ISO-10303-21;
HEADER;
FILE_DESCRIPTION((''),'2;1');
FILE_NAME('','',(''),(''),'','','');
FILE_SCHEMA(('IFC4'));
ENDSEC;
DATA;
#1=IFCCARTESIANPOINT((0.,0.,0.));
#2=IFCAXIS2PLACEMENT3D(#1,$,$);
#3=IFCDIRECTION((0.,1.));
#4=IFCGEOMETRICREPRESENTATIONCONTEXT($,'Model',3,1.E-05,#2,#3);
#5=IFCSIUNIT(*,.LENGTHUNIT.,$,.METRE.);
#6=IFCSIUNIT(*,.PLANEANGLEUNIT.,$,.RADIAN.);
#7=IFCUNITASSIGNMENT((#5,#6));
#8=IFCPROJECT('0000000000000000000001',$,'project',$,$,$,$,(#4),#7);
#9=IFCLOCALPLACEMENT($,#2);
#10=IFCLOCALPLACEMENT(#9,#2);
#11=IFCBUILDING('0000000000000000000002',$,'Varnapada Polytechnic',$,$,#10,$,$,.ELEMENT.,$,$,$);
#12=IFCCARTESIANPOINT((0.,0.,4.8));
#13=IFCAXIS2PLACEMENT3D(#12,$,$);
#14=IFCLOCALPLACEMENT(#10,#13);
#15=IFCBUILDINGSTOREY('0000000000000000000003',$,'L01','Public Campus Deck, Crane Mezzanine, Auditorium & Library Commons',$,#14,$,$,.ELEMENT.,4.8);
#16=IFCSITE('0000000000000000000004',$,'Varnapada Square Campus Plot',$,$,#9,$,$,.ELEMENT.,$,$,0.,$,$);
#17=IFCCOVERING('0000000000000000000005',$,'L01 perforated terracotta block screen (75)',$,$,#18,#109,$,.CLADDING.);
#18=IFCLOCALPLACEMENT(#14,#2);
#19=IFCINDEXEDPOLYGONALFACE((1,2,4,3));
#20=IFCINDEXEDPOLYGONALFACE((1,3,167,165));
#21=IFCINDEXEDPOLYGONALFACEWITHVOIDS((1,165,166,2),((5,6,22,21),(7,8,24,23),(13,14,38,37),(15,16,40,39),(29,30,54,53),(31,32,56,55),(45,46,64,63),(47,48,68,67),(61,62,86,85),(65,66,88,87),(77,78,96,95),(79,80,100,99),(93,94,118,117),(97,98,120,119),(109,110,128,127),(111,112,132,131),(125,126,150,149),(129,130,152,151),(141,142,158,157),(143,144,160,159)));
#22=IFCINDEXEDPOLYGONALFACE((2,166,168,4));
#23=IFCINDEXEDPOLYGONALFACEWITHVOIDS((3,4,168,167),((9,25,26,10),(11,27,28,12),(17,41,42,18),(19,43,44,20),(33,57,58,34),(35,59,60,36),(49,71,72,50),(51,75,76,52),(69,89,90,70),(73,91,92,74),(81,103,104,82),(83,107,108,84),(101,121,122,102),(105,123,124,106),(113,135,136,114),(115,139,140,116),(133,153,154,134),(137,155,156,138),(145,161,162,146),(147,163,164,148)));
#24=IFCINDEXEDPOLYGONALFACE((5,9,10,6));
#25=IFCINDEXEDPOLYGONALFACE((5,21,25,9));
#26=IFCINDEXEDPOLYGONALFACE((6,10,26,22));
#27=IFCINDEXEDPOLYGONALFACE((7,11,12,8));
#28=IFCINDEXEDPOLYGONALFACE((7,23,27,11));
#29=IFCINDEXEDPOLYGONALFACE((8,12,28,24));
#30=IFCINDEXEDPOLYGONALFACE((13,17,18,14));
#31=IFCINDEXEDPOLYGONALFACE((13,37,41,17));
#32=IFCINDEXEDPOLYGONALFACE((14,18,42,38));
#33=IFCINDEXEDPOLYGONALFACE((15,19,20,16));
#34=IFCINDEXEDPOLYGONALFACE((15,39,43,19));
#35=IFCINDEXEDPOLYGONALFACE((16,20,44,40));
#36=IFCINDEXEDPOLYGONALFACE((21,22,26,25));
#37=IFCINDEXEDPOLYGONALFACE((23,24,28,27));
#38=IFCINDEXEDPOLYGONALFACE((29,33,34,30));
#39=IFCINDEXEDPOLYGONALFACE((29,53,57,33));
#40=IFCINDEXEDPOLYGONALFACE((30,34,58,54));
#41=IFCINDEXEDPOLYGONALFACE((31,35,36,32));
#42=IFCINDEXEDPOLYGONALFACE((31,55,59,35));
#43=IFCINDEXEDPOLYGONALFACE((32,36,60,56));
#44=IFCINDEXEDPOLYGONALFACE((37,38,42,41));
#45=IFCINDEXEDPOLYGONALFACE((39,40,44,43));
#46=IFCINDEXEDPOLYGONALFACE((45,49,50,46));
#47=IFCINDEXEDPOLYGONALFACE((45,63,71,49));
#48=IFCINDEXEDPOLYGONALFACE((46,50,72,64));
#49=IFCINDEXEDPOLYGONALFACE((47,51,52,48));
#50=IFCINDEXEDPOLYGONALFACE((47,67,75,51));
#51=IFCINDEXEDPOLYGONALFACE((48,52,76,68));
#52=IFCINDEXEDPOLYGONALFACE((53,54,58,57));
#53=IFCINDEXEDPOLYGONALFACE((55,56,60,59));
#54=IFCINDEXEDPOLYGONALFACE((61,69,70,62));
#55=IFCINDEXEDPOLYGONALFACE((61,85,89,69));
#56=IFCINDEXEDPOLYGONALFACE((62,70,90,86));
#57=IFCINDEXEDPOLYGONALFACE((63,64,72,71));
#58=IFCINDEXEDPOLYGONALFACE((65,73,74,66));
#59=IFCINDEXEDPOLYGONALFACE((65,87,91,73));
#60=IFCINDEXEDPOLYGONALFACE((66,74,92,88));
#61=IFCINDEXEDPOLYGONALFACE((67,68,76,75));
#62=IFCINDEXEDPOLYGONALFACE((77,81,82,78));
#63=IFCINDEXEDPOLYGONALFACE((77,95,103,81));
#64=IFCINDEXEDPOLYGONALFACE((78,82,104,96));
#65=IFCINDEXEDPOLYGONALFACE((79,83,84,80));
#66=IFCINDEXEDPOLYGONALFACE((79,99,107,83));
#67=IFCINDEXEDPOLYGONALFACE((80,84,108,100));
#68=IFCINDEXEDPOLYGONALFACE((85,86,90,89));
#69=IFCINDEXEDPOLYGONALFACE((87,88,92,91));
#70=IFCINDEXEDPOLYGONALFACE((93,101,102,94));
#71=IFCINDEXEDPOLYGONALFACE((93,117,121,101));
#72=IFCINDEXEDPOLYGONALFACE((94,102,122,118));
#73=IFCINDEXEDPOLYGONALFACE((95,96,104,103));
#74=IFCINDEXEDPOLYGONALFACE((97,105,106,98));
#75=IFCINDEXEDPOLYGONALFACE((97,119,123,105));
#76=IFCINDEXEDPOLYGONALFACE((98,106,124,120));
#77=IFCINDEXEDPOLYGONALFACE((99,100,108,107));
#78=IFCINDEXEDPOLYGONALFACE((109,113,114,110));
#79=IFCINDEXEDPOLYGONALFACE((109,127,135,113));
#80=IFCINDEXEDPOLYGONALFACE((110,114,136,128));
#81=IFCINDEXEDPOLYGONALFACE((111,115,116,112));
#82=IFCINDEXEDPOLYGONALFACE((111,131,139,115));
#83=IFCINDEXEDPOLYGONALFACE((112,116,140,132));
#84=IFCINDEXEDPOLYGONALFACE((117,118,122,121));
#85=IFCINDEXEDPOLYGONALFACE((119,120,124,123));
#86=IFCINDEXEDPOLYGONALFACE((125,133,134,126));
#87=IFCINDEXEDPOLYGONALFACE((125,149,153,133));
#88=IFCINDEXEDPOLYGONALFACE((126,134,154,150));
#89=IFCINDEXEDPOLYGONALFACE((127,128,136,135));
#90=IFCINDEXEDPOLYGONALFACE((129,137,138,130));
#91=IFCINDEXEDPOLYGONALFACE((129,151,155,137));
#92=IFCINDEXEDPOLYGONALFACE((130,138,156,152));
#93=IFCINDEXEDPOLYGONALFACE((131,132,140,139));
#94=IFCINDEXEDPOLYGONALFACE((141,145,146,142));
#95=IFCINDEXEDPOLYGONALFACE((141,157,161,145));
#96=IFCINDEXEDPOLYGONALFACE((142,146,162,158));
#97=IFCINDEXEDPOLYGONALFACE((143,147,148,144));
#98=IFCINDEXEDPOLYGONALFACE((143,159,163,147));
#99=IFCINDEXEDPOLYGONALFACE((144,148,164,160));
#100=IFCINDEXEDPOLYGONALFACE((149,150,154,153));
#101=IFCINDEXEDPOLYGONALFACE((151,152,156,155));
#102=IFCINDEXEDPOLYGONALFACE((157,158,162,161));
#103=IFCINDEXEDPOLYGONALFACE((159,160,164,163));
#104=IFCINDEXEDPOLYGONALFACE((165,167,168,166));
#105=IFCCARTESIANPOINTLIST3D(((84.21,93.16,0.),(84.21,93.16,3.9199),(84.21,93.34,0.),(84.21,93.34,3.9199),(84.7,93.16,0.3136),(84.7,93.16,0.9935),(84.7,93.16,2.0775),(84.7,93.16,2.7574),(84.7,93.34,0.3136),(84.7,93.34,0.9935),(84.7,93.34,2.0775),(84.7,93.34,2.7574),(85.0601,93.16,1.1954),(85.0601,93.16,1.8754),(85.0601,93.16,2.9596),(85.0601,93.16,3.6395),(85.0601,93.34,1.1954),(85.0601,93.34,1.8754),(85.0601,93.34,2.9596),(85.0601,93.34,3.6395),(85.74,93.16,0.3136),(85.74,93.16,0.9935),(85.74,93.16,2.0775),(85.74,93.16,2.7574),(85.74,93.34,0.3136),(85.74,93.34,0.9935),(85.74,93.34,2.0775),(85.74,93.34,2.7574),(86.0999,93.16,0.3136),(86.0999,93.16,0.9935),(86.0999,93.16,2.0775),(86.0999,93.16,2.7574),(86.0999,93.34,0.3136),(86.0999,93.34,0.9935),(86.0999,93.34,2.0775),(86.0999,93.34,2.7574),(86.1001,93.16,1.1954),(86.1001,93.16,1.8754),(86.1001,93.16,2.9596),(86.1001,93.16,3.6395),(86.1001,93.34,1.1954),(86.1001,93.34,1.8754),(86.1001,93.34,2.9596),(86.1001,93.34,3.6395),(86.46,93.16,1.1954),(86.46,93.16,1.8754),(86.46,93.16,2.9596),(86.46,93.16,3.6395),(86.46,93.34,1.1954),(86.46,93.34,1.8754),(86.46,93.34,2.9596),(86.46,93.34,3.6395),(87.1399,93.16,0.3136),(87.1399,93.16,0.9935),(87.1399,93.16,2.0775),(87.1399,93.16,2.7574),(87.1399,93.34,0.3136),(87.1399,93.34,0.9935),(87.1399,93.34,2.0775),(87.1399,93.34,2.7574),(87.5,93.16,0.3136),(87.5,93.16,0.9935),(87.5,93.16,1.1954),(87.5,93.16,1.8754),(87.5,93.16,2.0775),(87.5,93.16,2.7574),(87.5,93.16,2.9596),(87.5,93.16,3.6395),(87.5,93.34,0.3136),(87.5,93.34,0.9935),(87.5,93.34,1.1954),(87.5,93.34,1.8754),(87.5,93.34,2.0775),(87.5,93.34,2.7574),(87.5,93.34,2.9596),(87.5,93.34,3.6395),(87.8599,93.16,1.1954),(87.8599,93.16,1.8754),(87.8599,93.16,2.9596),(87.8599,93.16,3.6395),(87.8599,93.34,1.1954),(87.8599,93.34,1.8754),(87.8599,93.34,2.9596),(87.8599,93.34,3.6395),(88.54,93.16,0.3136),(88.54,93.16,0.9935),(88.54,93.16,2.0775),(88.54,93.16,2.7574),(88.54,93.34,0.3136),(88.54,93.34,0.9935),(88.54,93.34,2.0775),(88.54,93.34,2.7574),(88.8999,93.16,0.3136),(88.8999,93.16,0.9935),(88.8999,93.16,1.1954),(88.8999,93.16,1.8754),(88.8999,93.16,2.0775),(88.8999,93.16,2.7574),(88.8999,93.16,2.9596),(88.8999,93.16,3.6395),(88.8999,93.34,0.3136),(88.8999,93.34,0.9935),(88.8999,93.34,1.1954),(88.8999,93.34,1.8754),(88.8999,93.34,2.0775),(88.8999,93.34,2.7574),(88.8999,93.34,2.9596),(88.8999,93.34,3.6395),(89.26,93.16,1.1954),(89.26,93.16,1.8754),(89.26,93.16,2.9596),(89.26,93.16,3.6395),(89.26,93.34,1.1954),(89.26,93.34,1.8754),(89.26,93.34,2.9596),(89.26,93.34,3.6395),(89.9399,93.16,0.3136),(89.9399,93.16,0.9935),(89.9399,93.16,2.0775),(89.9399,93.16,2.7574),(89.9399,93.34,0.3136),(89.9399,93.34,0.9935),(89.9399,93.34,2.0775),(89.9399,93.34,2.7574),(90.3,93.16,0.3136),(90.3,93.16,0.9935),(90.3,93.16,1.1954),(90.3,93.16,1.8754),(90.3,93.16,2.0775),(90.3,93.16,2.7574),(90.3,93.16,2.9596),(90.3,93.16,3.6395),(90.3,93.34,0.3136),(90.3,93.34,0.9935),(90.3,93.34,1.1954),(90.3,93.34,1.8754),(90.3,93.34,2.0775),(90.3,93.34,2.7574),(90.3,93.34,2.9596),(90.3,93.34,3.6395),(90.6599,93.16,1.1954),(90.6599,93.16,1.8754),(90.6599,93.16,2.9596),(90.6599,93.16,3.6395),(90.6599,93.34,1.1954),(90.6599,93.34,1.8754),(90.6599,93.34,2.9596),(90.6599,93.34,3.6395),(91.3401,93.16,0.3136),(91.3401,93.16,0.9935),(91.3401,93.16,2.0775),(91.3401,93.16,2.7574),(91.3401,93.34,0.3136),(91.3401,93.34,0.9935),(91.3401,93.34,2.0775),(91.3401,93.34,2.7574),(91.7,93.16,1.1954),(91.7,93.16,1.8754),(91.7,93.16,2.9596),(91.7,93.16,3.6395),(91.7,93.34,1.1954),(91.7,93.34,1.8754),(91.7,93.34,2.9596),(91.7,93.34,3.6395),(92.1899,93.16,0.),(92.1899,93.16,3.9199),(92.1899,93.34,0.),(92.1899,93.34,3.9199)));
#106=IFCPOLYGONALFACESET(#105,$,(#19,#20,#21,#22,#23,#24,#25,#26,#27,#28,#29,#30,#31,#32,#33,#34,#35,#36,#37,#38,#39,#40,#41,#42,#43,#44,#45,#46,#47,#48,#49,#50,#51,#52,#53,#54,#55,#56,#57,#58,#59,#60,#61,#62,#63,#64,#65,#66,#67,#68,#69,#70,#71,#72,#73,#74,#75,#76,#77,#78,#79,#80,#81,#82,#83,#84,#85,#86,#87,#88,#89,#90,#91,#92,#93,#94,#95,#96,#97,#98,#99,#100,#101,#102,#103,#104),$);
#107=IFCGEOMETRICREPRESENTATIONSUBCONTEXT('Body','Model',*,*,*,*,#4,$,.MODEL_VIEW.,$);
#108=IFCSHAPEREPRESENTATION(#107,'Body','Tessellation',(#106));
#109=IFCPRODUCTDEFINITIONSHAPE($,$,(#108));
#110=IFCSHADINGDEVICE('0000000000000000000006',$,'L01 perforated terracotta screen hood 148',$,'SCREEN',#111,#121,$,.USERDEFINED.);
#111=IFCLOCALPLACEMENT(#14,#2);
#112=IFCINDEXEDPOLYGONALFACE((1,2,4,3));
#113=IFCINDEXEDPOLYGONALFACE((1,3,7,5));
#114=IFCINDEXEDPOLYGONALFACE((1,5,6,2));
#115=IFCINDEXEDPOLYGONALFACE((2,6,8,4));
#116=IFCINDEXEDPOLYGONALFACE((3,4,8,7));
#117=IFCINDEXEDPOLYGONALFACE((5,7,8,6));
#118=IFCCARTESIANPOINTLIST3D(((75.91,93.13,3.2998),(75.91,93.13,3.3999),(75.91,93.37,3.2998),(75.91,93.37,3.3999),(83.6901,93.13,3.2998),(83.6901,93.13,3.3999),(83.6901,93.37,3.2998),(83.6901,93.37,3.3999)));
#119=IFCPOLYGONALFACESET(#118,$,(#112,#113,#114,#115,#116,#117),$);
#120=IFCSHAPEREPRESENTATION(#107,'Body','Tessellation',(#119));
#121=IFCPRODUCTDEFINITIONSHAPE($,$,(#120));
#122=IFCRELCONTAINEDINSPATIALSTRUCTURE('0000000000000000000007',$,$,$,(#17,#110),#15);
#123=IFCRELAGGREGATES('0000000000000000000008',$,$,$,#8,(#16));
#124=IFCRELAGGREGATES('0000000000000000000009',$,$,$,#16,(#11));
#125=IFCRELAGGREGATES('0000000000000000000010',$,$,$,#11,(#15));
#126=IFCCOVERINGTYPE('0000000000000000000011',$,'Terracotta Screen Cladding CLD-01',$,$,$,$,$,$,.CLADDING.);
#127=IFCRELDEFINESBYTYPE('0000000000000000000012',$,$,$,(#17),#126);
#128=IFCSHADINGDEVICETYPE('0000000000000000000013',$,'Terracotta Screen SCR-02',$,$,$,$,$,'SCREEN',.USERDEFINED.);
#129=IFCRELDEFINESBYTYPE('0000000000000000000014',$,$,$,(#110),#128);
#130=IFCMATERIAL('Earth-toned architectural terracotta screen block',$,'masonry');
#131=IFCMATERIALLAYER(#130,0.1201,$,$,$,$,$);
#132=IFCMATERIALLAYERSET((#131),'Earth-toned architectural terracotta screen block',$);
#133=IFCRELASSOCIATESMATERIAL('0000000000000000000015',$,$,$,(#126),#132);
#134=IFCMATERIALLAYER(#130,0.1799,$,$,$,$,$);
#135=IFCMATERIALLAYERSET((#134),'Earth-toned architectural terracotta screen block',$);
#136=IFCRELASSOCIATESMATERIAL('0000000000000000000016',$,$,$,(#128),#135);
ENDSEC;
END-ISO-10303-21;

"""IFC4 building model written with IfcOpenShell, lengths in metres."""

from ifc_helpers import new_model, si_unit, direction, frame, frame_2d, origin, origin_2d, place, context, subcontext, project, spatial, rectangle, extrude, material, layer, layer_set, type_object, element, save


model = new_model("IFC4")

# Units and contexts
model_context = context("Model", 3, precision=1e-05, world=origin(), true_north=direction((0.0, 1.0)))
body_context = subcontext(model_context, "Body", "Model", "MODEL_VIEW")
ifc_project = project(units=[si_unit("LENGTHUNIT", "METRE"), si_unit("PLANEANGLEUNIT", "RADIAN")], contexts=[model_context])

# Site, building, storey
site_placement = place(None, origin())
site = spatial("IfcSite", under=ifc_project, at=site_placement, Name="Varnapada Square Campus Plot", CompositionType="ELEMENT", RefElevation=0.0)
building_placement = place(site_placement, origin())
building = spatial("IfcBuilding", under=site, at=building_placement, Name="Varnapada Polytechnic", CompositionType="ELEMENT")
storey_placement = place(building_placement, frame((0.0, 0.0, 4.8)))
storey = spatial("IfcBuildingStorey", under=building, at=storey_placement, Name="L01", Description="Public Campus Deck, Crane Mezzanine, Auditorium & Library Commons", CompositionType="ELEMENT", Elevation=4.8)

# Covering, openings
ifc_material = material(Name="Earth-toned architectural terracotta screen block", Category="masonry")
ifc_layer_1 = layer(ifc_material, 0.1201)
ifc_layer_set_1 = layer_set([ifc_layer_1], Name="Earth-toned architectural terracotta screen block")
covering_type = type_object("IfcCoveringType", Name="Terracotta Screen Cladding CLD-01", PredefinedType="CLADDING", material=ifc_layer_set_1)
covering_placement = place(storey_placement, frame((84.21, 93.25, 0.0), z_axis=(0.0, 0.0, 1.0), x_axis=(1.0, 0.0, 0.0)))
covering = element("IfcCovering", 1, at=covering_placement, inside=storey, type_object=covering_type, Name="L01 perforated terracotta block screen (75)", PredefinedType="CLADDING", context=body_context, shape_type="SweptSolid", body=[
    extrude(rectangle(XDim=7.98, YDim=0.1799, at=frame_2d((3.99, 0.0))), origin(), (0.0, 0.0, 1.0), 3.9199),
])
opening_1_placement = place(covering_placement, frame((0.49, 0.0, 0.3137)))
element("IfcOpeningElement", 2, at=opening_1_placement, cuts=covering, PredefinedType="OPENING", context=body_context, shape_type="SweptSolid", body=[
    extrude(rectangle(XDim=1.04, YDim=0.6799, at=frame_2d((0.52, 0.3398))), frame((0.0, 0.0999, 0.0), z_axis=(0.0, -1.0, 0.0), x_axis=(1.0, 0.0, 0.0)), (0.0, 0.0, 1.0), 0.2),
])
opening_2_placement = place(covering_placement, frame((1.8899, 0.0, 0.3137)))
element("IfcOpeningElement", 3, at=opening_2_placement, cuts=covering, PredefinedType="OPENING", context=body_context, shape_type="SweptSolid", body=[
    extrude(rectangle(XDim=1.04, YDim=0.6799, at=frame_2d((0.52, 0.3398))), frame((0.0, 0.0999, 0.0), z_axis=(0.0, -1.0, 0.0), x_axis=(1.0, 0.0, 0.0)), (0.0, 0.0, 1.0), 0.2),
])
opening_3_placement = place(covering_placement, frame((3.29, 0.0, 0.3137)))
element("IfcOpeningElement", 4, at=opening_3_placement, cuts=covering, PredefinedType="OPENING", context=body_context, shape_type="SweptSolid", body=[
    extrude(rectangle(XDim=1.04, YDim=0.6799, at=frame_2d((0.52, 0.3398))), frame((0.0, 0.0999, 0.0), z_axis=(0.0, -1.0, 0.0), x_axis=(1.0, 0.0, 0.0)), (0.0, 0.0, 1.0), 0.2),
])
opening_4_placement = place(covering_placement, frame((4.6899, 0.0, 0.3137)))
element("IfcOpeningElement", 5, at=opening_4_placement, cuts=covering, PredefinedType="OPENING", context=body_context, shape_type="SweptSolid", body=[
    extrude(rectangle(XDim=1.04, YDim=0.6799, at=frame_2d((0.52, 0.3398))), frame((0.0, 0.0999, 0.0), z_axis=(0.0, -1.0, 0.0), x_axis=(1.0, 0.0, 0.0)), (0.0, 0.0, 1.0), 0.2),
])
opening_5_placement = place(covering_placement, frame((6.0901, 0.0, 0.3137)))
element("IfcOpeningElement", 6, at=opening_5_placement, cuts=covering, PredefinedType="OPENING", context=body_context, shape_type="SweptSolid", body=[
    extrude(rectangle(XDim=1.04, YDim=0.6799, at=frame_2d((0.52, 0.3398))), frame((0.0, 0.0999, 0.0), z_axis=(0.0, -1.0, 0.0), x_axis=(1.0, 0.0, 0.0)), (0.0, 0.0, 1.0), 0.2),
])
opening_6_placement = place(covering_placement, frame((0.8501, 0.0, 1.1956)))
element("IfcOpeningElement", 7, at=opening_6_placement, cuts=covering, PredefinedType="OPENING", context=body_context, shape_type="SweptSolid", body=[
    extrude(rectangle(XDim=1.04, YDim=0.6799, at=frame_2d((0.52, 0.3398))), frame((0.0, 0.0999, 0.0), z_axis=(0.0, -1.0, 0.0), x_axis=(1.0, 0.0, 0.0)), (0.0, 0.0, 1.0), 0.2),
])
opening_7_placement = place(covering_placement, frame((2.25, 0.0, 1.1956)))
element("IfcOpeningElement", 8, at=opening_7_placement, cuts=covering, PredefinedType="OPENING", context=body_context, shape_type="SweptSolid", body=[
    extrude(rectangle(XDim=1.04, YDim=0.6799, at=frame_2d((0.52, 0.3398))), frame((0.0, 0.0999, 0.0), z_axis=(0.0, -1.0, 0.0), x_axis=(1.0, 0.0, 0.0)), (0.0, 0.0, 1.0), 0.2),
])
opening_8_placement = place(covering_placement, frame((3.6499, 0.0, 1.1956)))
element("IfcOpeningElement", 9, at=opening_8_placement, cuts=covering, PredefinedType="OPENING", context=body_context, shape_type="SweptSolid", body=[
    extrude(rectangle(XDim=1.04, YDim=0.6799, at=frame_2d((0.52, 0.3398))), frame((0.0, 0.0999, 0.0), z_axis=(0.0, -1.0, 0.0), x_axis=(1.0, 0.0, 0.0)), (0.0, 0.0, 1.0), 0.2),
])
opening_9_placement = place(covering_placement, frame((5.05, 0.0, 1.1956)))
element("IfcOpeningElement", 10, at=opening_9_placement, cuts=covering, PredefinedType="OPENING", context=body_context, shape_type="SweptSolid", body=[
    extrude(rectangle(XDim=1.04, YDim=0.6799, at=frame_2d((0.52, 0.3398))), frame((0.0, 0.0999, 0.0), z_axis=(0.0, -1.0, 0.0), x_axis=(1.0, 0.0, 0.0)), (0.0, 0.0, 1.0), 0.2),
])
opening_10_placement = place(covering_placement, frame((6.45, 0.0, 1.1956)))
element("IfcOpeningElement", 11, at=opening_10_placement, cuts=covering, PredefinedType="OPENING", context=body_context, shape_type="SweptSolid", body=[
    extrude(rectangle(XDim=1.04, YDim=0.6799, at=frame_2d((0.52, 0.3398))), frame((0.0, 0.0999, 0.0), z_axis=(0.0, -1.0, 0.0), x_axis=(1.0, 0.0, 0.0)), (0.0, 0.0, 1.0), 0.2),
])
opening_11_placement = place(covering_placement, frame((0.49, 0.0, 2.0776)))
element("IfcOpeningElement", 12, at=opening_11_placement, cuts=covering, PredefinedType="OPENING", context=body_context, shape_type="SweptSolid", body=[
    extrude(rectangle(XDim=1.04, YDim=0.6799, at=frame_2d((0.52, 0.3398))), frame((0.0, 0.0999, 0.0), z_axis=(0.0, -1.0, 0.0), x_axis=(1.0, 0.0, 0.0)), (0.0, 0.0, 1.0), 0.2),
])
opening_12_placement = place(covering_placement, frame((1.8899, 0.0, 2.0776)))
element("IfcOpeningElement", 13, at=opening_12_placement, cuts=covering, PredefinedType="OPENING", context=body_context, shape_type="SweptSolid", body=[
    extrude(rectangle(XDim=1.04, YDim=0.6799, at=frame_2d((0.52, 0.3398))), frame((0.0, 0.0999, 0.0), z_axis=(0.0, -1.0, 0.0), x_axis=(1.0, 0.0, 0.0)), (0.0, 0.0, 1.0), 0.2),
])
opening_13_placement = place(covering_placement, frame((3.29, 0.0, 2.0776)))
element("IfcOpeningElement", 14, at=opening_13_placement, cuts=covering, PredefinedType="OPENING", context=body_context, shape_type="SweptSolid", body=[
    extrude(rectangle(XDim=1.04, YDim=0.6799, at=frame_2d((0.52, 0.3398))), frame((0.0, 0.0999, 0.0), z_axis=(0.0, -1.0, 0.0), x_axis=(1.0, 0.0, 0.0)), (0.0, 0.0, 1.0), 0.2),
])
opening_14_placement = place(covering_placement, frame((4.6899, 0.0, 2.0776)))
element("IfcOpeningElement", 15, at=opening_14_placement, cuts=covering, PredefinedType="OPENING", context=body_context, shape_type="SweptSolid", body=[
    extrude(rectangle(XDim=1.04, YDim=0.6799, at=frame_2d((0.52, 0.3398))), frame((0.0, 0.0999, 0.0), z_axis=(0.0, -1.0, 0.0), x_axis=(1.0, 0.0, 0.0)), (0.0, 0.0, 1.0), 0.2),
])
opening_15_placement = place(covering_placement, frame((6.0901, 0.0, 2.0776)))
element("IfcOpeningElement", 16, at=opening_15_placement, cuts=covering, PredefinedType="OPENING", context=body_context, shape_type="SweptSolid", body=[
    extrude(rectangle(XDim=1.04, YDim=0.6799, at=frame_2d((0.52, 0.3398))), frame((0.0, 0.0999, 0.0), z_axis=(0.0, -1.0, 0.0), x_axis=(1.0, 0.0, 0.0)), (0.0, 0.0, 1.0), 0.2),
])
opening_16_placement = place(covering_placement, frame((0.8501, 0.0, 2.9597)))
element("IfcOpeningElement", 17, at=opening_16_placement, cuts=covering, PredefinedType="OPENING", context=body_context, shape_type="SweptSolid", body=[
    extrude(rectangle(XDim=1.04, YDim=0.6799, at=frame_2d((0.52, 0.3398))), frame((0.0, 0.0999, 0.0), z_axis=(0.0, -1.0, 0.0), x_axis=(1.0, 0.0, 0.0)), (0.0, 0.0, 1.0), 0.2),
])
opening_17_placement = place(covering_placement, frame((2.25, 0.0, 2.9597)))
element("IfcOpeningElement", 18, at=opening_17_placement, cuts=covering, PredefinedType="OPENING", context=body_context, shape_type="SweptSolid", body=[
    extrude(rectangle(XDim=1.04, YDim=0.6799, at=frame_2d((0.52, 0.3398))), frame((0.0, 0.0999, 0.0), z_axis=(0.0, -1.0, 0.0), x_axis=(1.0, 0.0, 0.0)), (0.0, 0.0, 1.0), 0.2),
])
opening_18_placement = place(covering_placement, frame((3.6499, 0.0, 2.9597)))
element("IfcOpeningElement", 19, at=opening_18_placement, cuts=covering, PredefinedType="OPENING", context=body_context, shape_type="SweptSolid", body=[
    extrude(rectangle(XDim=1.04, YDim=0.6799, at=frame_2d((0.52, 0.3398))), frame((0.0, 0.0999, 0.0), z_axis=(0.0, -1.0, 0.0), x_axis=(1.0, 0.0, 0.0)), (0.0, 0.0, 1.0), 0.2),
])
opening_19_placement = place(covering_placement, frame((5.05, 0.0, 2.9597)))
element("IfcOpeningElement", 20, at=opening_19_placement, cuts=covering, PredefinedType="OPENING", context=body_context, shape_type="SweptSolid", body=[
    extrude(rectangle(XDim=1.04, YDim=0.6799, at=frame_2d((0.52, 0.3398))), frame((0.0, 0.0999, 0.0), z_axis=(0.0, -1.0, 0.0), x_axis=(1.0, 0.0, 0.0)), (0.0, 0.0, 1.0), 0.2),
])
opening_20_placement = place(covering_placement, frame((6.45, 0.0, 2.9597)))
element("IfcOpeningElement", 21, at=opening_20_placement, cuts=covering, PredefinedType="OPENING", context=body_context, shape_type="SweptSolid", body=[
    extrude(rectangle(XDim=1.04, YDim=0.6799, at=frame_2d((0.52, 0.3398))), frame((0.0, 0.0999, 0.0), z_axis=(0.0, -1.0, 0.0), x_axis=(1.0, 0.0, 0.0)), (0.0, 0.0, 1.0), 0.2),
])

# Shading device
ifc_layer_2 = layer(ifc_material, 0.1799)
ifc_layer_set_2 = layer_set([ifc_layer_2], Name="Earth-toned architectural terracotta screen block")
shading_device_type = type_object("IfcShadingDeviceType", Name="Terracotta Screen SCR-02", ElementType="SCREEN", PredefinedType="USERDEFINED", material=ifc_layer_set_2)
shading_device_placement = place(storey_placement, frame((79.8, 93.25, 3.2998), z_axis=(0.0, 0.0, 1.0), x_axis=(1.0, 0.0, 0.0)))
element("IfcShadingDevice", 22, at=shading_device_placement, inside=storey, type_object=shading_device_type, Name="L01 perforated terracotta screen hood 148", ObjectType="SCREEN", PredefinedType="USERDEFINED", context=body_context, shape_type="SweptSolid", body=[
    extrude(rectangle(XDim=7.78, YDim=0.24, at=origin_2d()), origin(), (0.0, 0.0, 1.0), 0.1001),
])

save(model, "model.ifc")
